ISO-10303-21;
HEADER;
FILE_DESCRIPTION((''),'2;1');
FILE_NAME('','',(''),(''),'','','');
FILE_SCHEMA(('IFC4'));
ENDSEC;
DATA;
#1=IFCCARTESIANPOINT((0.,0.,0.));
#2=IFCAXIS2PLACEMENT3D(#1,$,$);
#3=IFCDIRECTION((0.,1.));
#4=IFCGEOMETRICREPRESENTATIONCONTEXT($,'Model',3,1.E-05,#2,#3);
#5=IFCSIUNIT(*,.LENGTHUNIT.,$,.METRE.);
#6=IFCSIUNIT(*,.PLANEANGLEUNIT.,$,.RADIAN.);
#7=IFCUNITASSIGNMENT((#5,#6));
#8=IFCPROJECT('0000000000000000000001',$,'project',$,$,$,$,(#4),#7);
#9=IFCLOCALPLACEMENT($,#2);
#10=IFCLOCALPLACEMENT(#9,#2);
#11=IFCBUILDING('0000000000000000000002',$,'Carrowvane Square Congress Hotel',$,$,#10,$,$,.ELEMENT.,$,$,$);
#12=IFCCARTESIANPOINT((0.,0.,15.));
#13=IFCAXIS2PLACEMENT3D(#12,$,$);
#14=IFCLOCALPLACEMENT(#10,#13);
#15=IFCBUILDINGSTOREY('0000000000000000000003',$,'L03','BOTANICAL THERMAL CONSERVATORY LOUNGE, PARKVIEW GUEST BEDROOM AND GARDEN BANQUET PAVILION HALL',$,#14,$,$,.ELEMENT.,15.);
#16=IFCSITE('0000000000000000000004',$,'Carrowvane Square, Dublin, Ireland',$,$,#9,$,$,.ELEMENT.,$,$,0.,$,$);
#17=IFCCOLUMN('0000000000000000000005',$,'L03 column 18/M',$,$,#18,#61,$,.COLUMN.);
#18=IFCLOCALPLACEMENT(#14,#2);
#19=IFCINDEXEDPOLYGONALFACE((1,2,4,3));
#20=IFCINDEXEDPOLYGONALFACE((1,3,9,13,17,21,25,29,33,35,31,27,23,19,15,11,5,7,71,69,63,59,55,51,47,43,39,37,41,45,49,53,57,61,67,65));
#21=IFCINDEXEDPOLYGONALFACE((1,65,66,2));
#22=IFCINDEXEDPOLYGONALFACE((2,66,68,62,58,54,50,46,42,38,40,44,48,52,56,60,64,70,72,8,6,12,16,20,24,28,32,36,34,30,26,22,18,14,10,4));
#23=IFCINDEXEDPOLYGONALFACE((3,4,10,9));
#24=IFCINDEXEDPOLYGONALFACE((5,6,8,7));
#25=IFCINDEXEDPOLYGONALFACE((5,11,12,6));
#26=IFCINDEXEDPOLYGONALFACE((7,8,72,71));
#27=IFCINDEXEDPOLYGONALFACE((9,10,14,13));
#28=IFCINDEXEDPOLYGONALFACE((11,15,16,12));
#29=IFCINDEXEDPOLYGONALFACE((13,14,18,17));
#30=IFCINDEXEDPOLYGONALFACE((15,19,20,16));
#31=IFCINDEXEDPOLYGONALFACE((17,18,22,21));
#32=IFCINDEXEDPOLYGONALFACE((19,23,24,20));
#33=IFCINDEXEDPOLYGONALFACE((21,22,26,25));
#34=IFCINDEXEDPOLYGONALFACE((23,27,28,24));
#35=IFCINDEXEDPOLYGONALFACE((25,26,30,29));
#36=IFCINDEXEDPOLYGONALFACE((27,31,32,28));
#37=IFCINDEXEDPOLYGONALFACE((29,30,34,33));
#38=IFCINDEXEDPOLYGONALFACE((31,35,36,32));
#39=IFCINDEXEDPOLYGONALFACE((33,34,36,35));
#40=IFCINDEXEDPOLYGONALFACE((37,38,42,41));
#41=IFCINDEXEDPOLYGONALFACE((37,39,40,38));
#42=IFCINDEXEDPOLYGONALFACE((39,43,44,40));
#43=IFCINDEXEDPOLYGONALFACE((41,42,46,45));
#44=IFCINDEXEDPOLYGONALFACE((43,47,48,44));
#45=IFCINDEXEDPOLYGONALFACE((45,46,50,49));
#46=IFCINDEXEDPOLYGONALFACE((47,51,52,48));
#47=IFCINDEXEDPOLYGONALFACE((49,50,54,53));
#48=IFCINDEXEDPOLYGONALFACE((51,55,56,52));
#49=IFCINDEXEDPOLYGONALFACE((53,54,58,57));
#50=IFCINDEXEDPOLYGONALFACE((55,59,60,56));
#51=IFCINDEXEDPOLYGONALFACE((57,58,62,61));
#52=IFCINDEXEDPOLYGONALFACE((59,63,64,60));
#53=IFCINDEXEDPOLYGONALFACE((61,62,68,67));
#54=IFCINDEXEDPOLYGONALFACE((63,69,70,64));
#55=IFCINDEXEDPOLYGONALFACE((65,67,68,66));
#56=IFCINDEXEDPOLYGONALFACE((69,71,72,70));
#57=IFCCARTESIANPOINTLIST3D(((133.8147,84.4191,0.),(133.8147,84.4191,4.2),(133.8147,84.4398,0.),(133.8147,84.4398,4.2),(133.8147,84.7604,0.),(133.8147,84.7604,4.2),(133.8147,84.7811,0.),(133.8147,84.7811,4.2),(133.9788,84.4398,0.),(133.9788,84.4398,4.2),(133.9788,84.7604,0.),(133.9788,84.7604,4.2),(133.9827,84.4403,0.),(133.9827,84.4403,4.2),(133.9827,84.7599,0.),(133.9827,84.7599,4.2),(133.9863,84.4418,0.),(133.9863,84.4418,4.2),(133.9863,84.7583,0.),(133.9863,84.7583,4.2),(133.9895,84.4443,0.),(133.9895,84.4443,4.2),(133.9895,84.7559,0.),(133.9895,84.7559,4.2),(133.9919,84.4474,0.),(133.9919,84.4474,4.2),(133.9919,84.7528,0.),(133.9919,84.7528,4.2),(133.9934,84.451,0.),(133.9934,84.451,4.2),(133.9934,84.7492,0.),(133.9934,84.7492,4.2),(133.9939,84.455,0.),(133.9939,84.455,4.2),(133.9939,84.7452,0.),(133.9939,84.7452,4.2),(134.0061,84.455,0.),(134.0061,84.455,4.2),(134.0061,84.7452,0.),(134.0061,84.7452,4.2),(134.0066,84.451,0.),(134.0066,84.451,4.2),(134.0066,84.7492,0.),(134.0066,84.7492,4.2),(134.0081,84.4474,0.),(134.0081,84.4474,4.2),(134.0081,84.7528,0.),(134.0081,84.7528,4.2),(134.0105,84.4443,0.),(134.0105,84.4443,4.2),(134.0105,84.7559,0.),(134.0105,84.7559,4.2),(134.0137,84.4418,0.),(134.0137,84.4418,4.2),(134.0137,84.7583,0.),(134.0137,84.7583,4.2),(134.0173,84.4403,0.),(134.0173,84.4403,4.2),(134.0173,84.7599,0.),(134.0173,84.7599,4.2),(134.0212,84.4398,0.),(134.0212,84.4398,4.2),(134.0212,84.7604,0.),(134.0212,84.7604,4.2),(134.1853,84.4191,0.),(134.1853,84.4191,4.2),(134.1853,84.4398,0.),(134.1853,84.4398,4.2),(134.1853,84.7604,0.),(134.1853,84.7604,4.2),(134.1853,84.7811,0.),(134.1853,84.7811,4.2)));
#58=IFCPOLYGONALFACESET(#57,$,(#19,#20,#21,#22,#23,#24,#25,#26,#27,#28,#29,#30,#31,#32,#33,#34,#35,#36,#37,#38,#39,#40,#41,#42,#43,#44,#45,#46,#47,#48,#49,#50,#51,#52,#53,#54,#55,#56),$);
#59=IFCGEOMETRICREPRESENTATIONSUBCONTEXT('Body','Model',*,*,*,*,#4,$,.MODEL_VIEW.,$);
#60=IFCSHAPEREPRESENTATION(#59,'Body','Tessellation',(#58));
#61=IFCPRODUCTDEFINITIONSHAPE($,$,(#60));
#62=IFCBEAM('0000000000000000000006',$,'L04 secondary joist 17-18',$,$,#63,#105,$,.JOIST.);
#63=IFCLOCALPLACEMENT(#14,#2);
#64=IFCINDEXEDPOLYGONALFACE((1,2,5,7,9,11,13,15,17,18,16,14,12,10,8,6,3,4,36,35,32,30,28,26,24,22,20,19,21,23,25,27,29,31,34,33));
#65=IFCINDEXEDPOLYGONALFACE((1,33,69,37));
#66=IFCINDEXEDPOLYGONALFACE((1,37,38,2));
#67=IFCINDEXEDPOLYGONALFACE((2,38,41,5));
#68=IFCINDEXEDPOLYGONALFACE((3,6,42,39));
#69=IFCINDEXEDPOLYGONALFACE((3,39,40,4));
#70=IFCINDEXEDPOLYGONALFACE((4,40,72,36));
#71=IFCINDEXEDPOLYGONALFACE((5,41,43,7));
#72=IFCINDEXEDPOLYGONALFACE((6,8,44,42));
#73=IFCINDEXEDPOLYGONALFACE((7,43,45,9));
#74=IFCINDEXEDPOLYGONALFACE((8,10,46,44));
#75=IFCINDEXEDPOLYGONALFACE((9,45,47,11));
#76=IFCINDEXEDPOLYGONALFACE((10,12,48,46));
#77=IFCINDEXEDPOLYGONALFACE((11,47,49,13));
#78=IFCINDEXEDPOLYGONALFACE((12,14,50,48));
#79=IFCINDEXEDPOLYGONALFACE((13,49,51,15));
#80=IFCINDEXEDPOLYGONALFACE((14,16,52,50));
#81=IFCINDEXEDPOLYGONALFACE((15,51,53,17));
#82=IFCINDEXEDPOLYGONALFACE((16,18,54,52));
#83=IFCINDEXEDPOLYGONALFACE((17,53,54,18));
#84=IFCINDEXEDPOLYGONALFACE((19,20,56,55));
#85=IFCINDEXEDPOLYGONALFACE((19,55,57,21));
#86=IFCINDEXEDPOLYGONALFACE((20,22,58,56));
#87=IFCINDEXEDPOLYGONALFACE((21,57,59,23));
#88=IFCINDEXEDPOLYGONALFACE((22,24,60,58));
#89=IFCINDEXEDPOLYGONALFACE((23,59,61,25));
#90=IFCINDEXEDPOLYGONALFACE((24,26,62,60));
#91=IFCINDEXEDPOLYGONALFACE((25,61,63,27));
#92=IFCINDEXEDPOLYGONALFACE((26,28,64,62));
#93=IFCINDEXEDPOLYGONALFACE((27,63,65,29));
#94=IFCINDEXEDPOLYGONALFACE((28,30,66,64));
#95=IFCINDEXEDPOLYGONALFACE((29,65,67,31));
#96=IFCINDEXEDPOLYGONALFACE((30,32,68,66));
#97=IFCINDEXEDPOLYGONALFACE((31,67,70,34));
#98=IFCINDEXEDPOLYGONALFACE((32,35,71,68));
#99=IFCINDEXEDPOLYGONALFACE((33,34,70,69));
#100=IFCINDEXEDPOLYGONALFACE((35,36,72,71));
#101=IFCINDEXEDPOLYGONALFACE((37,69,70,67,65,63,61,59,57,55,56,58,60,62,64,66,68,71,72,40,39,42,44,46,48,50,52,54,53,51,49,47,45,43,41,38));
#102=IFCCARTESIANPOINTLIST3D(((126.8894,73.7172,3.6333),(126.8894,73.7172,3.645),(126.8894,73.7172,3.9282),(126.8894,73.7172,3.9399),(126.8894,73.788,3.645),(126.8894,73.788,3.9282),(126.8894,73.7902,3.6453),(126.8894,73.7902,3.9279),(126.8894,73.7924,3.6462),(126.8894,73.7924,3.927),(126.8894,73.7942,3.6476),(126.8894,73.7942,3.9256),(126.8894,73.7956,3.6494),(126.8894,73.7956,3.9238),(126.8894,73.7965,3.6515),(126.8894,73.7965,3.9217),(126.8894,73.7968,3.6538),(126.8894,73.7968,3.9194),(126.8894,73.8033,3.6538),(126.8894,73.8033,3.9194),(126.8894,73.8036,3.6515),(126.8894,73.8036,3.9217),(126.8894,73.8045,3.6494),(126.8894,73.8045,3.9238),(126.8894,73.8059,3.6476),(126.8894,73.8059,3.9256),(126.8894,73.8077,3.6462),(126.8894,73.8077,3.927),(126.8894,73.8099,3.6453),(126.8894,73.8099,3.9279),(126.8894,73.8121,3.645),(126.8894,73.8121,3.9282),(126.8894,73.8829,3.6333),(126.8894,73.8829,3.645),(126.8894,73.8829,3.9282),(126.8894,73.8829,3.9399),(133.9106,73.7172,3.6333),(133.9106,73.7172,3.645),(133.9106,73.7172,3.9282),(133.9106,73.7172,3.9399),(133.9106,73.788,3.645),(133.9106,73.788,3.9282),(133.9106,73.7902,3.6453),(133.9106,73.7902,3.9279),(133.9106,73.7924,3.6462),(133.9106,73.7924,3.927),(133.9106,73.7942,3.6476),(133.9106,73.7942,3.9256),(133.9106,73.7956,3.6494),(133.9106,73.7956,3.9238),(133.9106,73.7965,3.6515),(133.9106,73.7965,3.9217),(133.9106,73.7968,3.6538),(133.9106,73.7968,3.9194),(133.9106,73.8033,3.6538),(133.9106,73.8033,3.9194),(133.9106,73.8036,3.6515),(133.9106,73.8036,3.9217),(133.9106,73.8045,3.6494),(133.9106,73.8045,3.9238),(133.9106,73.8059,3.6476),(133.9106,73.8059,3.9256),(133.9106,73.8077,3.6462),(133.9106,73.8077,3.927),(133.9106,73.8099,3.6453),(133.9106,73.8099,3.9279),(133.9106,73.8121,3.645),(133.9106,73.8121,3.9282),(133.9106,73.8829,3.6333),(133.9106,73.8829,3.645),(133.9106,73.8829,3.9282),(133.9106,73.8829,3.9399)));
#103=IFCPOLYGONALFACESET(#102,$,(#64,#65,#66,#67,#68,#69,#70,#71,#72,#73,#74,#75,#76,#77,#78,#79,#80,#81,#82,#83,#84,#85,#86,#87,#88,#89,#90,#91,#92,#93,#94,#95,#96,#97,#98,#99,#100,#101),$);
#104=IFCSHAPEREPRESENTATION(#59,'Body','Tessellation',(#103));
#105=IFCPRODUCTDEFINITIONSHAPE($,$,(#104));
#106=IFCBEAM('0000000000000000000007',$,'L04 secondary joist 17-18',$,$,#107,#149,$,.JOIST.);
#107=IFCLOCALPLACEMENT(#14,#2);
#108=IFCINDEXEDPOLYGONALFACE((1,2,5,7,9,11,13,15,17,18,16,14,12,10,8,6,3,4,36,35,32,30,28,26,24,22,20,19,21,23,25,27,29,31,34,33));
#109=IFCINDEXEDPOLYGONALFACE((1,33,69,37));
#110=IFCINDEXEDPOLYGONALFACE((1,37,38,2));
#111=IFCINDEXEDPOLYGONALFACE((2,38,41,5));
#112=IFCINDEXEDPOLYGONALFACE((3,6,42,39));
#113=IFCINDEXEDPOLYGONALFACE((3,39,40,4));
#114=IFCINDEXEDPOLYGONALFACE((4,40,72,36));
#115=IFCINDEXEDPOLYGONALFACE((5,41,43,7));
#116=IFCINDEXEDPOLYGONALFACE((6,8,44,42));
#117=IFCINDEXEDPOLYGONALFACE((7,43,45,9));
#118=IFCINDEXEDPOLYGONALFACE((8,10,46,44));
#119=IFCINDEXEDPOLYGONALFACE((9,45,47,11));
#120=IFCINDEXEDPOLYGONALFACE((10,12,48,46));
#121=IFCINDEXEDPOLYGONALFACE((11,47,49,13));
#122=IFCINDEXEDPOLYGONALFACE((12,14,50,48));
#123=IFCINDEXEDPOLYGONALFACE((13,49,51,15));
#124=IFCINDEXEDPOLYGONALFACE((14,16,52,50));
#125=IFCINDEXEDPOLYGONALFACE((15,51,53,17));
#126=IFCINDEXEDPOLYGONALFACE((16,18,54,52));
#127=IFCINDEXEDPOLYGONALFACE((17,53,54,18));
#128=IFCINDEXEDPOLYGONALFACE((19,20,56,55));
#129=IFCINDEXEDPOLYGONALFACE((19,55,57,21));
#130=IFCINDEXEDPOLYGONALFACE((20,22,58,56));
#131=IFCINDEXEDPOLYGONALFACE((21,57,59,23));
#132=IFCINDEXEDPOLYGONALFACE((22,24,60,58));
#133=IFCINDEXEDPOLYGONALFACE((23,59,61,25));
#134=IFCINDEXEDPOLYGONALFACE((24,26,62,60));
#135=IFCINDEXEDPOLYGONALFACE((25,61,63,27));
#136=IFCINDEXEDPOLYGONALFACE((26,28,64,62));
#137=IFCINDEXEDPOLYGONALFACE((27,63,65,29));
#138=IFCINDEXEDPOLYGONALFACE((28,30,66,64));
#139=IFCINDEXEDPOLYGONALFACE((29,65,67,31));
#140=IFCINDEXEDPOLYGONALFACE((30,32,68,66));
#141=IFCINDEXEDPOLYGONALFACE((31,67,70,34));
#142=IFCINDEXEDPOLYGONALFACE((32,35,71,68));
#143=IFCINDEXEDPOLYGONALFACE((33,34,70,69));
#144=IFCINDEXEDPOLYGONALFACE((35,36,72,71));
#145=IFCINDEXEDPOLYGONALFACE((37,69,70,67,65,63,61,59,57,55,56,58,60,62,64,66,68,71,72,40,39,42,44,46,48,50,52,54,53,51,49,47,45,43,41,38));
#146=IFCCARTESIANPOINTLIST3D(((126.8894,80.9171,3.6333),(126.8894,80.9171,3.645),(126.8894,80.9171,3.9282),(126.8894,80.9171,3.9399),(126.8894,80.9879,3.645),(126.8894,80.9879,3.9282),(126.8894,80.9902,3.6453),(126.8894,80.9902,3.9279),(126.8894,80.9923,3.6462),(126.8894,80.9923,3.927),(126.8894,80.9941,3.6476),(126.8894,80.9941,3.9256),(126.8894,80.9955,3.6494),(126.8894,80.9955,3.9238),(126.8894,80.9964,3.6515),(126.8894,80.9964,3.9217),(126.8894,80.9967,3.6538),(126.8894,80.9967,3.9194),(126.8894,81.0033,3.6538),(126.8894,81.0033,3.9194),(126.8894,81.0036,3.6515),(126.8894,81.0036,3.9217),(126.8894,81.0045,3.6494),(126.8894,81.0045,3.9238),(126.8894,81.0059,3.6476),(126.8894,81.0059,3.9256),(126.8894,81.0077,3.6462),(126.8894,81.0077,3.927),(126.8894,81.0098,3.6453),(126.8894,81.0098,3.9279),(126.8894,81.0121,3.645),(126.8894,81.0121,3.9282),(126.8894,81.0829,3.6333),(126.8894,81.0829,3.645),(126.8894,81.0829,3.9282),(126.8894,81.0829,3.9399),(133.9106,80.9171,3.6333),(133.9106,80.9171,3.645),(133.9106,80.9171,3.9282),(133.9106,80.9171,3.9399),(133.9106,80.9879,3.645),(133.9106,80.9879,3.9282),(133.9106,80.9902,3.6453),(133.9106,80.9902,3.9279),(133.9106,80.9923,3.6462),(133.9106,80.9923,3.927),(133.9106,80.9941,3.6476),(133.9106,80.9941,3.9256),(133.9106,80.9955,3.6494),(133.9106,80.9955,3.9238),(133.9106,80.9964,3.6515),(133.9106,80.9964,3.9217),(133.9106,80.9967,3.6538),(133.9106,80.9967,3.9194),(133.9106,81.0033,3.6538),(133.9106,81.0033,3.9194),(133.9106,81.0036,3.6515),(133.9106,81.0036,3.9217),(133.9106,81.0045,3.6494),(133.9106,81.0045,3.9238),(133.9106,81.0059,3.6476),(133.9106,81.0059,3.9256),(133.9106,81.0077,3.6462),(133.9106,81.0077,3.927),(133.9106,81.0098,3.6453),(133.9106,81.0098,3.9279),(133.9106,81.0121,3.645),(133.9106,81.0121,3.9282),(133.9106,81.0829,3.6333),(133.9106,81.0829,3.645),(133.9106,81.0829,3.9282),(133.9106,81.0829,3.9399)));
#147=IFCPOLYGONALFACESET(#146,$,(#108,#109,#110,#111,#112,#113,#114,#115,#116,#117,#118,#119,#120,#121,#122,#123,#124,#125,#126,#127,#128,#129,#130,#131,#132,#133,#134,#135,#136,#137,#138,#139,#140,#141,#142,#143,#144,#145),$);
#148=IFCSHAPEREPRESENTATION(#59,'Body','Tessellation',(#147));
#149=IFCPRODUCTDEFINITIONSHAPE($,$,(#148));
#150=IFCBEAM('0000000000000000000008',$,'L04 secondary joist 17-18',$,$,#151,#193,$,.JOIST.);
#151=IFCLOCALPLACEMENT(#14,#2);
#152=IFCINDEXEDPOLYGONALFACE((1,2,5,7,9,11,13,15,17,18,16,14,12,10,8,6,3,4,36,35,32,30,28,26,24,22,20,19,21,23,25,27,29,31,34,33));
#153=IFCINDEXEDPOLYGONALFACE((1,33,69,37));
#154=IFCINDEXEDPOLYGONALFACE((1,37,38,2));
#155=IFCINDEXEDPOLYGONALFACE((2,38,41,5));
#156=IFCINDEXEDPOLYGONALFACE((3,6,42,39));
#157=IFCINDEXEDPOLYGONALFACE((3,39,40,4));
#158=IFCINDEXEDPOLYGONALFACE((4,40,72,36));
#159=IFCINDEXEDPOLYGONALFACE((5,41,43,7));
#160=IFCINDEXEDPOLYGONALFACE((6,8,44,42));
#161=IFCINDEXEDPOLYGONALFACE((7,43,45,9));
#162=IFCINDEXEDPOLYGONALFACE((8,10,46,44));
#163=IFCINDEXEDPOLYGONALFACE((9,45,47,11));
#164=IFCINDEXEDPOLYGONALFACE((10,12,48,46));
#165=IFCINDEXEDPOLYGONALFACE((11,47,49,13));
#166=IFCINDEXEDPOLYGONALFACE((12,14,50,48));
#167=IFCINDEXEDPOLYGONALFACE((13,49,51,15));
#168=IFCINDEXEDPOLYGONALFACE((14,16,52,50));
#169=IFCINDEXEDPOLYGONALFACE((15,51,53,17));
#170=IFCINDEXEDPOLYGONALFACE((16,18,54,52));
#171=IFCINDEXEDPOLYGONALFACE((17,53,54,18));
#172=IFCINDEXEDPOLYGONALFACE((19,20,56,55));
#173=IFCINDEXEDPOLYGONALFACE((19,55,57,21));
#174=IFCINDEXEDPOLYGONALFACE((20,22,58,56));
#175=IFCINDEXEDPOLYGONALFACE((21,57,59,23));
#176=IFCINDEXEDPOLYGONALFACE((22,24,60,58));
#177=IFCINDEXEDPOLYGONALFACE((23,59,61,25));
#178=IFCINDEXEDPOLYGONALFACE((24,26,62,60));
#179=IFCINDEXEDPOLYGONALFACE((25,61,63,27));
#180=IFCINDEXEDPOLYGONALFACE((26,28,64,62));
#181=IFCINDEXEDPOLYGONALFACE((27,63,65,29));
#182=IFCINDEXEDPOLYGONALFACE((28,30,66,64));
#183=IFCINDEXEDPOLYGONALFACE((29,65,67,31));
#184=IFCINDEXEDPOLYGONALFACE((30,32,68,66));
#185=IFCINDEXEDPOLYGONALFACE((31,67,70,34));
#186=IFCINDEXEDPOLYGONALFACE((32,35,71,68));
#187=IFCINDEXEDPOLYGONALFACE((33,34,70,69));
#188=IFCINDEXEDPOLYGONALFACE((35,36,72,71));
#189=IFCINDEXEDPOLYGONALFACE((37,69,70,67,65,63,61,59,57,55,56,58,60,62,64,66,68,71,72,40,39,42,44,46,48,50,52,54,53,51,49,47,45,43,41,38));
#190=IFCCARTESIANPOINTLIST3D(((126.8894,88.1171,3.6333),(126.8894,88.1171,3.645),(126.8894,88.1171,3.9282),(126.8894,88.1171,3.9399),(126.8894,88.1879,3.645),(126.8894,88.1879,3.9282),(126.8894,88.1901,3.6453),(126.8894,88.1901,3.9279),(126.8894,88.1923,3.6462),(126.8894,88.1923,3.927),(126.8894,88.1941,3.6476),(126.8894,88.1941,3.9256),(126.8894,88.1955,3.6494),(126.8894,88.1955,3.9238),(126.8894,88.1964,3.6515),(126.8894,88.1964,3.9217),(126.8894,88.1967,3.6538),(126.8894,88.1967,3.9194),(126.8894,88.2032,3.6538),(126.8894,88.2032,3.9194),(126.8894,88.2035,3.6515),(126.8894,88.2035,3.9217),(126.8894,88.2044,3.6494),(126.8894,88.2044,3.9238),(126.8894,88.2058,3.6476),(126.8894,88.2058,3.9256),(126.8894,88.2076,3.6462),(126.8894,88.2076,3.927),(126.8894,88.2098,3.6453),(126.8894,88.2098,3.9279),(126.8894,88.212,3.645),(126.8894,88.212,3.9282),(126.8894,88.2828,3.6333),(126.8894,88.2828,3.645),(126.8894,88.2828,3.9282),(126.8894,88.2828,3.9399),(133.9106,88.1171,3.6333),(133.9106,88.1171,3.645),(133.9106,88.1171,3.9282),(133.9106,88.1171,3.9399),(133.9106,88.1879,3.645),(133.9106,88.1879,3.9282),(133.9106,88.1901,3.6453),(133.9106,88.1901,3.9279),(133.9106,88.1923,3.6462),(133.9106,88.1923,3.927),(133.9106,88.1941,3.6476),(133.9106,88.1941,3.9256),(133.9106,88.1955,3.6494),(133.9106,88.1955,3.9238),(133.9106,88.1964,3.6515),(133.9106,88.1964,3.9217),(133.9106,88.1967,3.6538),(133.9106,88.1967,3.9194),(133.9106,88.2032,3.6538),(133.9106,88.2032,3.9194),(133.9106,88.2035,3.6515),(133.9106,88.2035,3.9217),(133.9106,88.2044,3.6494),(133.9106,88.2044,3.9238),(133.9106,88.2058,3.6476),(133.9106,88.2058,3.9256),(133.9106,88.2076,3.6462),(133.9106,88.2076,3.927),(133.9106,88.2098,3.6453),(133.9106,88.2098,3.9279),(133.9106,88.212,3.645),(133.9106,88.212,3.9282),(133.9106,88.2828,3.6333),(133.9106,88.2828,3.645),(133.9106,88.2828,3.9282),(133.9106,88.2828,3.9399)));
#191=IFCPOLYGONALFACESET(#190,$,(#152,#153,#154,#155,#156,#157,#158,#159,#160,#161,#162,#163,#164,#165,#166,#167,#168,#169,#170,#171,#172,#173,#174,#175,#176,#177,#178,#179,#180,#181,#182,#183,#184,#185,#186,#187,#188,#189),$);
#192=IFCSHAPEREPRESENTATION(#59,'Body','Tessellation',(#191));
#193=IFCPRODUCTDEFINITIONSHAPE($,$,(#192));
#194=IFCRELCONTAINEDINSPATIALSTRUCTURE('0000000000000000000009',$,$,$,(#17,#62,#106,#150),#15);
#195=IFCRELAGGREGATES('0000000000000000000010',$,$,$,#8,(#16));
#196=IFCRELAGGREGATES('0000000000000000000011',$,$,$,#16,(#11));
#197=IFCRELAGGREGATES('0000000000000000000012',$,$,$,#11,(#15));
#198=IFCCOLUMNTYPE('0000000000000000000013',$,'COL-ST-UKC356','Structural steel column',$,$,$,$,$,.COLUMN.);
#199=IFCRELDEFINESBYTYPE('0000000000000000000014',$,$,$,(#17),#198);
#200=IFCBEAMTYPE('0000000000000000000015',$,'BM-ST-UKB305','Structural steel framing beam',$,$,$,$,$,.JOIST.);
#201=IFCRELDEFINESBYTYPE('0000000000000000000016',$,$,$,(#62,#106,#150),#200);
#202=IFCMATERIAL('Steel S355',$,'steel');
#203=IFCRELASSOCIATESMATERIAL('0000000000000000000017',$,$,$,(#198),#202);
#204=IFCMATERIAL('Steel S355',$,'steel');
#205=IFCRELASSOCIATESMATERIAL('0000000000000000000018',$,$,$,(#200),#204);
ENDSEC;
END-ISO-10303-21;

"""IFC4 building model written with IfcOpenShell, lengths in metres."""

from ifc_helpers import new_model, si_unit, direction, frame, origin, origin_2d, place, context, subcontext, project, spatial, i_section, extrude, material, material_profile, profile_set, type_object, element, save


model = new_model("IFC4")

# Units and contexts
model_context = context("Model", 3, precision=1e-05, world=origin(), true_north=direction((0.0, 1.0)))
body_context = subcontext(model_context, "Body", "Model", "MODEL_VIEW")
ifc_project = project(units=[si_unit("LENGTHUNIT", "METRE"), si_unit("PLANEANGLEUNIT", "RADIAN")], contexts=[model_context])

# Site, building, storey
site_placement = place(None, origin())
site = spatial("IfcSite", under=ifc_project, at=site_placement, Name="Carrowvane Square, Dublin, Ireland", CompositionType="ELEMENT", RefElevation=0.0)
building_placement = place(site_placement, origin())
building = spatial("IfcBuilding", under=site, at=building_placement, Name="Carrowvane Square Congress Hotel", CompositionType="ELEMENT")
storey_placement = place(building_placement, frame((0.0, 0.0, 15.0)))
storey = spatial("IfcBuildingStorey", under=building, at=storey_placement, Name="L03", Description="BOTANICAL THERMAL CONSERVATORY LOUNGE, PARKVIEW GUEST BEDROOM AND GARDEN BANQUET PAVILION HALL", CompositionType="ELEMENT", Elevation=15.0)

# Column
ifc_material_1 = material(Name="Steel S355", Category="steel")
ifc_material_profile_1 = material_profile(ifc_material_1, i_section(OverallWidth=0.3706, OverallDepth=0.3621, WebThickness=0.0122, FlangeThickness=0.0208, FilletRadius=0.0151, at=origin_2d()), Name="UKC 356x368x153")
ifc_profile_set_1 = profile_set([ifc_material_profile_1], Name="Steel S355")
column_type = type_object("IfcColumnType", Name="COL-ST-UKC356", Description="Structural steel column", PredefinedType="COLUMN", material=ifc_profile_set_1)
for number, where, z_axis, x_axis, name in (
    (1, (134.0, 84.6001, 0.0), (0.0, 0.0, 1.0), (1.0, 0.0, 0.0), "L03 column 18/M"),
):
    element("IfcColumn", number, at=place(storey_placement, frame(where, z_axis=z_axis, x_axis=x_axis)), inside=storey, type_object=column_type, Name=name, PredefinedType="COLUMN", context=body_context, shape_type="SweptSolid", body=[
        extrude(i_section(OverallWidth=0.3706, OverallDepth=0.3621, WebThickness=0.0122, FlangeThickness=0.0208, FilletRadius=0.0151, at=origin_2d()), origin(), (0.0, 0.0, 1.0), 4.2),
    ])

# Beams
ifc_material_2 = material(Name="Steel S355", Category="steel")
ifc_material_profile_2 = material_profile(ifc_material_2, i_section(OverallWidth=0.1658, OverallDepth=0.3066, WebThickness=0.0066, FlangeThickness=0.0117, FilletRadius=0.0088, at=origin_2d()), Name="UKB 305x165x46")
ifc_profile_set_2 = profile_set([ifc_material_profile_2], Name="Steel S355")
beam_type_1 = type_object("IfcBeamType", Name="BM-ST-UKB305", Description="Structural steel framing beam", PredefinedType="JOIST", material=ifc_profile_set_2)
for number, where, z_axis, x_axis, name in (
    (2, (126.8894, 73.8, 3.7866), (1.0, 0.0, 0.0), (0.0, 1.0, 0.0), "L04 secondary joist 17-18"),
    (3, (126.8894, 81.0, 3.7866), (1.0, 0.0, 0.0), (0.0, 1.0, 0.0), "L04 secondary joist 17-18"),
    (4, (126.8894, 88.2, 3.7866), (1.0, 0.0, 0.0), (0.0, 1.0, 0.0), "L04 secondary joist 17-18"),
):
    element("IfcBeam", number, at=place(storey_placement, frame(where, z_axis=z_axis, x_axis=x_axis)), inside=storey, type_object=beam_type_1, Name=name, PredefinedType="JOIST", context=body_context, shape_type="SweptSolid", body=[
        extrude(i_section(OverallWidth=0.1658, OverallDepth=0.3066, WebThickness=0.0066, FlangeThickness=0.0117, FilletRadius=0.0088, at=origin_2d()), origin(), (0.0, 0.0, 1.0), 7.0212),
    ])

save(model, "model.ifc")
